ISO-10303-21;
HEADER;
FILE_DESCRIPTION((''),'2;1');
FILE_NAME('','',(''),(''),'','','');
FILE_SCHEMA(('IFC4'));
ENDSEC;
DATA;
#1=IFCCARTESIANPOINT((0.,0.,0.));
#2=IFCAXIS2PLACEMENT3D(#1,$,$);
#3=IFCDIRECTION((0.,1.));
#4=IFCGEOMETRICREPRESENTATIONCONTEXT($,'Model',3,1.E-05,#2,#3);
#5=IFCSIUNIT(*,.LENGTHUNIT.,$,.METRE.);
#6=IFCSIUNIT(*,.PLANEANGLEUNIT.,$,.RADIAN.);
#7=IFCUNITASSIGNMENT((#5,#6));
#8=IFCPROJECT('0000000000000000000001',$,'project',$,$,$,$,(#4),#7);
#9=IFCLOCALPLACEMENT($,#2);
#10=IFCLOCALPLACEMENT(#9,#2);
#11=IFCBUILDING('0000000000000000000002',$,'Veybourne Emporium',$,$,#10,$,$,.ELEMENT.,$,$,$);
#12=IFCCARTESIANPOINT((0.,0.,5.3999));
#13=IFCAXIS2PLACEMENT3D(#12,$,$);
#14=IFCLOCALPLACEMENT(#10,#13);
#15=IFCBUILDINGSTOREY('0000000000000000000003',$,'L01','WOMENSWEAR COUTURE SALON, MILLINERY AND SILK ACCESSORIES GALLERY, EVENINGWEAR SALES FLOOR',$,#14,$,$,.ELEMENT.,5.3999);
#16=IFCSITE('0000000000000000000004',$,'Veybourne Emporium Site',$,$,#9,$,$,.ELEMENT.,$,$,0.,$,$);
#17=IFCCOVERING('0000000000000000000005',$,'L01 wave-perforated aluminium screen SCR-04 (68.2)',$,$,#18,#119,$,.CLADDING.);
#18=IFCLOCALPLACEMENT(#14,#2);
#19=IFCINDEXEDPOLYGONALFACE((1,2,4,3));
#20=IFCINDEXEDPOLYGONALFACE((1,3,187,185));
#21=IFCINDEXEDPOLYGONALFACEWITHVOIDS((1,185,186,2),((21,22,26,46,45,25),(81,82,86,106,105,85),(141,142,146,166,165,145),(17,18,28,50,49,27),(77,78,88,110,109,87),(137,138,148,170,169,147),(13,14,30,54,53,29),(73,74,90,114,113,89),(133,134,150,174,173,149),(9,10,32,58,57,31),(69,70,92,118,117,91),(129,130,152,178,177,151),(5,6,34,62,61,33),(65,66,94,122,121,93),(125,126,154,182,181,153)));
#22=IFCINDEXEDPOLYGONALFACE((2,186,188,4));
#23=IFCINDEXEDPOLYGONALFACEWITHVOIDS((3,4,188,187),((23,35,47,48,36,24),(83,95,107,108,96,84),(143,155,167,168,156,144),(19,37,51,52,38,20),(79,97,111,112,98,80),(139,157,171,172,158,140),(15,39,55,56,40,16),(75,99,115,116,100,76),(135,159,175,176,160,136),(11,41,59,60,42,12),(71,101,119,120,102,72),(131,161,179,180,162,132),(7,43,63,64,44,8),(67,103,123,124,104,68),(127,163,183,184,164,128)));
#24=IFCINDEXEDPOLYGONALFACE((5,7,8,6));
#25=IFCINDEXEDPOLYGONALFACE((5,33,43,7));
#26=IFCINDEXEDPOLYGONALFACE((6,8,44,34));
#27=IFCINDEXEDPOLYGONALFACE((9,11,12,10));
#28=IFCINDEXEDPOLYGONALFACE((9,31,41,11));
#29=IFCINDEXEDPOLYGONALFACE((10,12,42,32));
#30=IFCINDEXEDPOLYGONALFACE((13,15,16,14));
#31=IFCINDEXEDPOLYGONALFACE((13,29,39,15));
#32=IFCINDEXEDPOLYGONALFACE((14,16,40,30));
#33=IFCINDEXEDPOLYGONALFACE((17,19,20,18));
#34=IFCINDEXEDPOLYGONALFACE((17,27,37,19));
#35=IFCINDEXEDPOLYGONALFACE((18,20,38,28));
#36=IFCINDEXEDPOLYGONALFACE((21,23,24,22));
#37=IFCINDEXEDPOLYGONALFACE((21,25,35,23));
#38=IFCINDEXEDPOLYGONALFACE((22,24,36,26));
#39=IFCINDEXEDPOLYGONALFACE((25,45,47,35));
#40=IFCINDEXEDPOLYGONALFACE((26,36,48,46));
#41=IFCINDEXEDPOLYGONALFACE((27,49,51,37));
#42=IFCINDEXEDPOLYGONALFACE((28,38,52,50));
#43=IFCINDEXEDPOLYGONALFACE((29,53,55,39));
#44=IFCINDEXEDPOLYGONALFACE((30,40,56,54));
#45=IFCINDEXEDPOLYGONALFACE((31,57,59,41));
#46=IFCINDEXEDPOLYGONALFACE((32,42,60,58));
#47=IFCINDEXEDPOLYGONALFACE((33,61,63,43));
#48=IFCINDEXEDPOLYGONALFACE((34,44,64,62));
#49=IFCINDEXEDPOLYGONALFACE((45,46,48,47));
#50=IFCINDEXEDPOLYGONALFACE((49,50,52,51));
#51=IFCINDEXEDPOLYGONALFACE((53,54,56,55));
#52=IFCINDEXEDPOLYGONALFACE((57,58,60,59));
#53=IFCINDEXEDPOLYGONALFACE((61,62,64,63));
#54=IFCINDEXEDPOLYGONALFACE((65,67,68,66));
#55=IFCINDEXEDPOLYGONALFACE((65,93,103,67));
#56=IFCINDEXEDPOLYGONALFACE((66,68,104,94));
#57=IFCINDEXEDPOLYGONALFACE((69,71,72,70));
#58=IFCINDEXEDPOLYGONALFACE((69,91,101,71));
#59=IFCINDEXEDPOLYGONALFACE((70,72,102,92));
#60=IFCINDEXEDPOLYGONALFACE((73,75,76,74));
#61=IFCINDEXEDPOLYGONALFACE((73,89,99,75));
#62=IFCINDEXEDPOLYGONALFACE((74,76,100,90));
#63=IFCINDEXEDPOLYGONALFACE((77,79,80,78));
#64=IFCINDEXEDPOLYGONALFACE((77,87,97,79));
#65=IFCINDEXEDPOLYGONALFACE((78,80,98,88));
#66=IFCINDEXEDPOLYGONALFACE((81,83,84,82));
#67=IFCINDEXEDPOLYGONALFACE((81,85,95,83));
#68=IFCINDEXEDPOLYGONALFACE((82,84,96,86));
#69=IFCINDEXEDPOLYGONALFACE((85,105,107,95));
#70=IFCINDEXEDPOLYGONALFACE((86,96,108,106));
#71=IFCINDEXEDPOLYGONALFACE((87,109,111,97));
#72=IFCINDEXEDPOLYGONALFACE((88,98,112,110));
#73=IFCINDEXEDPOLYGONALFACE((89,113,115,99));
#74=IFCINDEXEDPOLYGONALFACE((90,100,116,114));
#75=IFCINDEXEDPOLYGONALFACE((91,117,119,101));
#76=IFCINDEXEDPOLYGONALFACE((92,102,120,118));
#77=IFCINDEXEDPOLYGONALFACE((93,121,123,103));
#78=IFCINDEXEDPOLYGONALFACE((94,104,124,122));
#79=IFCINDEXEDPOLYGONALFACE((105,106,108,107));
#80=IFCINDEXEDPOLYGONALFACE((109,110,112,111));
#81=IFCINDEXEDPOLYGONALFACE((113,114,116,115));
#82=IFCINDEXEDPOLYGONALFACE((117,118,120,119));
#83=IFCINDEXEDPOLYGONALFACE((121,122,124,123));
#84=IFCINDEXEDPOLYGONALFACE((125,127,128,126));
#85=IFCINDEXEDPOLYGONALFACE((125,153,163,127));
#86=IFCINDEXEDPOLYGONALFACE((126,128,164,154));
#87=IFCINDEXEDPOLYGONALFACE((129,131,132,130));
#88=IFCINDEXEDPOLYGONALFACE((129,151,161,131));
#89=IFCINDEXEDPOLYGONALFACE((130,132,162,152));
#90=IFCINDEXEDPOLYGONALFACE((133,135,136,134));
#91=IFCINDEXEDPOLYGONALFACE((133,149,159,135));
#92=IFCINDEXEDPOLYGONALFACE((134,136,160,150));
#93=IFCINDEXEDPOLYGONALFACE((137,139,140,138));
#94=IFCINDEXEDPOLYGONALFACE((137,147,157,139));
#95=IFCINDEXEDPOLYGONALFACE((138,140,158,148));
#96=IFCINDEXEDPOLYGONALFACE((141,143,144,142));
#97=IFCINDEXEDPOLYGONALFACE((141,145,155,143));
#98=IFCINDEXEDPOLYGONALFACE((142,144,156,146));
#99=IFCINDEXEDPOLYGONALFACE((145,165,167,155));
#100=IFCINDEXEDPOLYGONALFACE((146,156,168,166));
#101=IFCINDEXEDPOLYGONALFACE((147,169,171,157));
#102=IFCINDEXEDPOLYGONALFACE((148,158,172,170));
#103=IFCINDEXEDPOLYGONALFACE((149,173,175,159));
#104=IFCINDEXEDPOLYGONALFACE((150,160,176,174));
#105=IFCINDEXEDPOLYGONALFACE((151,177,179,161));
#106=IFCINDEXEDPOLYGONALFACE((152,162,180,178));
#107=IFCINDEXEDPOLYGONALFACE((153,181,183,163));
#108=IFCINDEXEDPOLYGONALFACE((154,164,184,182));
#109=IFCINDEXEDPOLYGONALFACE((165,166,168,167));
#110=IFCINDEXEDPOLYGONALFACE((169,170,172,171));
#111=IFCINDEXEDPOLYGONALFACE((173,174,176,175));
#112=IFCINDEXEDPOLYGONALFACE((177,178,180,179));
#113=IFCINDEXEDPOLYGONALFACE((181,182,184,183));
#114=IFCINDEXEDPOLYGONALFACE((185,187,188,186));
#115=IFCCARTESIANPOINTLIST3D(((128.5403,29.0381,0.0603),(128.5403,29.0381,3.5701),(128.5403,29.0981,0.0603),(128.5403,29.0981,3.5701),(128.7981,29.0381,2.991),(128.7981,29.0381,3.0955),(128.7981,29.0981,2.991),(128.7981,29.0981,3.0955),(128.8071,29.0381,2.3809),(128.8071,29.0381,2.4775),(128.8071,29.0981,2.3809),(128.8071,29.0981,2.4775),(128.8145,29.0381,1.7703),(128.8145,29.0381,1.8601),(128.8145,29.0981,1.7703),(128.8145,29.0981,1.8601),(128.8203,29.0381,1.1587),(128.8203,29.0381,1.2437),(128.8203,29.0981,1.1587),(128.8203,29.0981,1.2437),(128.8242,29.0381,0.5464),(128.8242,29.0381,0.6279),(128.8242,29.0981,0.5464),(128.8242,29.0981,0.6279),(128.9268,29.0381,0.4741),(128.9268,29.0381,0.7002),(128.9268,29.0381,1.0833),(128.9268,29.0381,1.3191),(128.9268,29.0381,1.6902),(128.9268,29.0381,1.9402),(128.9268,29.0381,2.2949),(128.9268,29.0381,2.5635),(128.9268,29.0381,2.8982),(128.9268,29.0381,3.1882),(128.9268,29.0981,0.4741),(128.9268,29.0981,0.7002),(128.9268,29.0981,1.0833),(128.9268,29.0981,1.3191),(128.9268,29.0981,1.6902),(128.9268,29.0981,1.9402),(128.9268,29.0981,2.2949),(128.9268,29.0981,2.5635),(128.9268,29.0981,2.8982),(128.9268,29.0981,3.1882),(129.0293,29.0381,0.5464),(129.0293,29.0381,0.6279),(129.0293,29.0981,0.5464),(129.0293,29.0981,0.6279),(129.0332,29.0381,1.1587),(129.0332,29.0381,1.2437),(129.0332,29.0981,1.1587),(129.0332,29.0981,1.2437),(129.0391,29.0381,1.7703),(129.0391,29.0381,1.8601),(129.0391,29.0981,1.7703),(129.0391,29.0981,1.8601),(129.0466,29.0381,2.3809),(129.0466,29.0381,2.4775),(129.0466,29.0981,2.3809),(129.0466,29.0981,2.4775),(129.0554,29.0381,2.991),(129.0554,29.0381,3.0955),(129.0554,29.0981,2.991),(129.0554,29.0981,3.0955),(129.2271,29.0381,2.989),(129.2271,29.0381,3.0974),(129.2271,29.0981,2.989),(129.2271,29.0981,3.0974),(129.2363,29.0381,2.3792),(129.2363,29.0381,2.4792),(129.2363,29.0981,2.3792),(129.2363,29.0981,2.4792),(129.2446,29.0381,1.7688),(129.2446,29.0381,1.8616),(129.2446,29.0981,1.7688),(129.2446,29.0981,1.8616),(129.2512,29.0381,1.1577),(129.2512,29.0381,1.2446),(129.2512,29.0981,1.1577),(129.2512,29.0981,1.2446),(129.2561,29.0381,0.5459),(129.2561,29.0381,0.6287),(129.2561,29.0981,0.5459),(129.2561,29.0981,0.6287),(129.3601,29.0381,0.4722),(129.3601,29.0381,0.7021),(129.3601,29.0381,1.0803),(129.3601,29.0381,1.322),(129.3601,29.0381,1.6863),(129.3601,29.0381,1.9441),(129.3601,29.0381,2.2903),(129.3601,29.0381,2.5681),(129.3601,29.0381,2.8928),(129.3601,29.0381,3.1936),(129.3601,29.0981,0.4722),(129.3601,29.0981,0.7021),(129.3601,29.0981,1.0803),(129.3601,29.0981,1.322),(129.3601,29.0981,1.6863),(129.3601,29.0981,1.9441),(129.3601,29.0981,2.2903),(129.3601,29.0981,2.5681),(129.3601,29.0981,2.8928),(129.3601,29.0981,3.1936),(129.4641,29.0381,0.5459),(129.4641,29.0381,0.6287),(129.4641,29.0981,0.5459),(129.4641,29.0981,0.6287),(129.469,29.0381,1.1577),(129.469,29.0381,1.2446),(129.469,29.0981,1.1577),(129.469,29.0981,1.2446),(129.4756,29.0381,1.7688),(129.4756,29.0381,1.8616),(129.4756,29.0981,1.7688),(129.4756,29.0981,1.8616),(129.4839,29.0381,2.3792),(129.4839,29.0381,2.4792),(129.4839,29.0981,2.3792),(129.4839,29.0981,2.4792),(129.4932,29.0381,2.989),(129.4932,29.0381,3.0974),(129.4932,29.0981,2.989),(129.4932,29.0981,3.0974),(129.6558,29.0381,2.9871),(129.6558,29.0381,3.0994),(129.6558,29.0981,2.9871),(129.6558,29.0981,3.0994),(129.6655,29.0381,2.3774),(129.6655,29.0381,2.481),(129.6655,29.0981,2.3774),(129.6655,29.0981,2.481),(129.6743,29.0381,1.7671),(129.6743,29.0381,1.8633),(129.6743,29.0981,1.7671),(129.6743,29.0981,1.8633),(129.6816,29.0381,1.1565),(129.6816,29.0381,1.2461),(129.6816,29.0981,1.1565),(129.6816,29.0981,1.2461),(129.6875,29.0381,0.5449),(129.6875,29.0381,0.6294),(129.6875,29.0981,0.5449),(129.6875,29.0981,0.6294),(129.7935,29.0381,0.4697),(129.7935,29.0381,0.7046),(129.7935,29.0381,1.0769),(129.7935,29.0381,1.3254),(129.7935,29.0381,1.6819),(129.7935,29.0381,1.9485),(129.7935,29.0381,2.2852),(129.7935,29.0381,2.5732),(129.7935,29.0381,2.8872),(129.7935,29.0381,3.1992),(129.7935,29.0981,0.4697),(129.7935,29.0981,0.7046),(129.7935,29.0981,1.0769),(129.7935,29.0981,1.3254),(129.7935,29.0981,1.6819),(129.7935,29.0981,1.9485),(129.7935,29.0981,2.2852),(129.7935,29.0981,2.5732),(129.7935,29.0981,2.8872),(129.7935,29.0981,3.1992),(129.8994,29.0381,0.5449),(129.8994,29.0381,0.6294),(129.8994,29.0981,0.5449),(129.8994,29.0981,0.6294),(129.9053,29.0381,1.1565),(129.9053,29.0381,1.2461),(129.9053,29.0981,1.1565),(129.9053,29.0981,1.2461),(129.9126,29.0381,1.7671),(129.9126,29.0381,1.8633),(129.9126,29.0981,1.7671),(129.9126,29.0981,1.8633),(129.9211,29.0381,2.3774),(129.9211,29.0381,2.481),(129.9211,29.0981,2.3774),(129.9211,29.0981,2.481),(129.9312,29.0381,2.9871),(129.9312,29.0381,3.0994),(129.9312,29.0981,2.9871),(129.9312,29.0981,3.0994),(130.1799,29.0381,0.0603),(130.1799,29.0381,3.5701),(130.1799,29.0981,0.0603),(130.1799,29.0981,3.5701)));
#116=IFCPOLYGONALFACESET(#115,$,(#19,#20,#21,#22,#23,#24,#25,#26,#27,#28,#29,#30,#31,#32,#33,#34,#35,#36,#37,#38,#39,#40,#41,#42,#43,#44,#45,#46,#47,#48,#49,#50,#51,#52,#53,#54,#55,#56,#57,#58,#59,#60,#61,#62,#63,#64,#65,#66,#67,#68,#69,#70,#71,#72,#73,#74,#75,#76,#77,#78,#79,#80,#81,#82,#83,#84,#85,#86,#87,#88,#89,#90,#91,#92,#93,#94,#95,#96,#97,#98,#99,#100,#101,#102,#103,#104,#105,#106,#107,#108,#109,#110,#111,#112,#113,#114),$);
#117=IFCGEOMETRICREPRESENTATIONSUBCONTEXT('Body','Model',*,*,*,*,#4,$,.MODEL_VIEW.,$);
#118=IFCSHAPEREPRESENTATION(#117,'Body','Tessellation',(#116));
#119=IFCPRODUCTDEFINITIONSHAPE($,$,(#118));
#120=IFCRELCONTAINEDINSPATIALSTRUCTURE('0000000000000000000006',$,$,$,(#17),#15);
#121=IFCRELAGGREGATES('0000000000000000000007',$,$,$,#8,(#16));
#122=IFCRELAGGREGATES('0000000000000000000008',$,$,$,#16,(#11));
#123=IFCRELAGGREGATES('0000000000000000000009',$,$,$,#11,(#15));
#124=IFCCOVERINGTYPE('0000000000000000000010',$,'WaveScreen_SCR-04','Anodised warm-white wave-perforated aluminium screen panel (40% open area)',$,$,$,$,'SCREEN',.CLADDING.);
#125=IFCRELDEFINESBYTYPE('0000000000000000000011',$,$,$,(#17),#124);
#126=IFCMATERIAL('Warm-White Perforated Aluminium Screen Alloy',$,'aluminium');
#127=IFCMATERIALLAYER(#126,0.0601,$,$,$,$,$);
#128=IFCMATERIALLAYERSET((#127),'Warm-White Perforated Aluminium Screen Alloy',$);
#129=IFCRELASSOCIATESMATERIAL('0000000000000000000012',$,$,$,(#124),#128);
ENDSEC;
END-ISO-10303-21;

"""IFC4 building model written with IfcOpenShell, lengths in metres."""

from ifc_helpers import new_model, si_unit, direction, frame, origin, place, context, subcontext, project, spatial, polyline, outline, extrude, material, layer, layer_set, type_object, element, save


model = new_model("IFC4")

# Units and contexts
model_context = context("Model", 3, precision=1e-05, world=origin(), true_north=direction((0.0, 1.0)))
body_context = subcontext(model_context, "Body", "Model", "MODEL_VIEW")
ifc_project = project(units=[si_unit("LENGTHUNIT", "METRE"), si_unit("PLANEANGLEUNIT", "RADIAN")], contexts=[model_context])

# Site, building, storey
site_placement = place(None, origin())
site = spatial("IfcSite", under=ifc_project, at=site_placement, Name="Veybourne Emporium Site", CompositionType="ELEMENT", RefElevation=0.0)
building_placement = place(site_placement, origin())
building = spatial("IfcBuilding", under=site, at=building_placement, Name="Veybourne Emporium", CompositionType="ELEMENT")
storey_placement = place(building_placement, frame((0.0, 0.0, 5.3999)))
storey = spatial("IfcBuildingStorey", under=building, at=storey_placement, Name="L01", Description="WOMENSWEAR COUTURE SALON, MILLINERY AND SILK ACCESSORIES GALLERY, EVENINGWEAR SALES FLOOR", CompositionType="ELEMENT", Elevation=5.3999)

# Covering
ifc_material_1 = material(Name="Warm-White Perforated Aluminium Screen Alloy", Category="aluminium")
ifc_layer_1 = layer(ifc_material_1, 0.0601)
ifc_layer_set_1 = layer_set([ifc_layer_1], Name="Warm-White Perforated Aluminium Screen Alloy")
covering_type_1 = type_object("IfcCoveringType", Name="WaveScreen_SCR-04", Description="Anodised warm-white wave-perforated aluminium screen panel (40% open area)", ElementType="SCREEN", PredefinedType="CLADDING", material=ifc_layer_set_1)
covering_1_placement = place(storey_placement, frame((129.3601, 29.0981, 1.8152), z_axis=(0.0, -1.0, 0.0), x_axis=(1.0, 0.0, 0.0)))
element("IfcCovering", 1, at=covering_1_placement, inside=storey, type_object=covering_type_1, Name="L01 wave-perforated aluminium screen SCR-04 (68.2)", PredefinedType="CLADDING", context=body_context, shape_type="SweptSolid", body=[
    extrude(outline(polyline([(-0.8198, -1.7549), (0.8198, -1.7549), (0.8198, 1.7549), (-0.8198, 1.7549), (-0.8198, -1.7549)]), holes=[polyline([(-0.4333, -1.115), (-0.3308, -1.1873), (-0.3308, -1.2688), (-0.4333, -1.3411), (-0.5359, -1.2688), (-0.5359, -1.1873), (-0.4333, -1.115)]), polyline([(-0.4333, -0.4961), (-0.3269, -0.5715), (-0.3269, -0.6565), (-0.4333, -0.7319), (-0.5398, -0.6565), (-0.5398, -0.5715), (-0.4333, -0.4961)]), polyline([(-0.4333, 0.125), (-0.321, 0.0449), (-0.321, -0.0449), (-0.4333, -0.125), (-0.5457, -0.0449), (-0.5457, 0.0449), (-0.4333, 0.125)]), polyline([(-0.4333, 0.7483), (-0.3135, 0.6624), (-0.3135, 0.5657), (-0.4333, 0.4797), (-0.553, 0.5657), (-0.553, 0.6624), (-0.4333, 0.7483)]), polyline([(-0.4333, 1.373), (-0.3047, 1.2803), (-0.3047, 1.1758), (-0.4333, 1.083), (-0.562, 1.1758), (-0.562, 1.2803), (-0.4333, 1.373)]), polyline([(0.0, -1.113), (0.104, -1.1865), (0.104, -1.2693), (0.0, -1.343), (-0.104, -1.2693), (-0.104, -1.1865), (0.0, -1.113)]), polyline([(0.0, -0.4932), (0.1089, -0.5706), (0.1089, -0.6575), (0.0, -0.7349), (-0.1089, -0.6575), (-0.1089, -0.5706), (0.0, -0.4932)]), polyline([(0.0, 0.1289), (0.1155, 0.0464), (0.1155, -0.0464), (0.0, -0.1289), (-0.1155, -0.0464), (-0.1155, 0.0464), (0.0, 0.1289)]), polyline([(0.0, 0.7529), (0.1238, 0.6641), (0.1238, 0.564), (0.0, 0.4751), (-0.1238, 0.564), (-0.1238, 0.6641), (0.0, 0.7529)]), polyline([(0.0, 1.3784), (0.1331, 1.2822), (0.1331, 1.1738), (0.0, 1.0776), (-0.1331, 1.1738), (-0.1331, 1.2822), (0.0, 1.3784)]), polyline([(0.4333, -1.1106), (0.5393, -1.1858), (0.5393, -1.2703), (0.4333, -1.3455), (0.3274, -1.2703), (0.3274, -1.1858), (0.4333, -1.1106)]), polyline([(0.4333, -0.4897), (0.5452, -0.5691), (0.5452, -0.6587), (0.4333, -0.7383), (0.3215, -0.6587), (0.3215, -0.5691), (0.4333, -0.4897)]), polyline([(0.4333, 0.1333), (0.5525, 0.0481), (0.5525, -0.0481), (0.4333, -0.1333), (0.3142, -0.0481), (0.3142, 0.0481), (0.4333, 0.1333)]), polyline([(0.4333, 0.7581), (0.561, 0.6658), (0.561, 0.5623), (0.4333, 0.47), (0.3054, 0.5623), (0.3054, 0.6658), (0.4333, 0.7581)]), polyline([(0.4333, 1.384), (0.571, 1.2842), (0.571, 1.1719), (0.4333, 1.072), (0.2957, 1.1719), (0.2957, 1.2842), (0.4333, 1.384)])]), origin(), (0.0, 0.0, 1.0), 0.0601),
])

save(model, "model.ifc")
